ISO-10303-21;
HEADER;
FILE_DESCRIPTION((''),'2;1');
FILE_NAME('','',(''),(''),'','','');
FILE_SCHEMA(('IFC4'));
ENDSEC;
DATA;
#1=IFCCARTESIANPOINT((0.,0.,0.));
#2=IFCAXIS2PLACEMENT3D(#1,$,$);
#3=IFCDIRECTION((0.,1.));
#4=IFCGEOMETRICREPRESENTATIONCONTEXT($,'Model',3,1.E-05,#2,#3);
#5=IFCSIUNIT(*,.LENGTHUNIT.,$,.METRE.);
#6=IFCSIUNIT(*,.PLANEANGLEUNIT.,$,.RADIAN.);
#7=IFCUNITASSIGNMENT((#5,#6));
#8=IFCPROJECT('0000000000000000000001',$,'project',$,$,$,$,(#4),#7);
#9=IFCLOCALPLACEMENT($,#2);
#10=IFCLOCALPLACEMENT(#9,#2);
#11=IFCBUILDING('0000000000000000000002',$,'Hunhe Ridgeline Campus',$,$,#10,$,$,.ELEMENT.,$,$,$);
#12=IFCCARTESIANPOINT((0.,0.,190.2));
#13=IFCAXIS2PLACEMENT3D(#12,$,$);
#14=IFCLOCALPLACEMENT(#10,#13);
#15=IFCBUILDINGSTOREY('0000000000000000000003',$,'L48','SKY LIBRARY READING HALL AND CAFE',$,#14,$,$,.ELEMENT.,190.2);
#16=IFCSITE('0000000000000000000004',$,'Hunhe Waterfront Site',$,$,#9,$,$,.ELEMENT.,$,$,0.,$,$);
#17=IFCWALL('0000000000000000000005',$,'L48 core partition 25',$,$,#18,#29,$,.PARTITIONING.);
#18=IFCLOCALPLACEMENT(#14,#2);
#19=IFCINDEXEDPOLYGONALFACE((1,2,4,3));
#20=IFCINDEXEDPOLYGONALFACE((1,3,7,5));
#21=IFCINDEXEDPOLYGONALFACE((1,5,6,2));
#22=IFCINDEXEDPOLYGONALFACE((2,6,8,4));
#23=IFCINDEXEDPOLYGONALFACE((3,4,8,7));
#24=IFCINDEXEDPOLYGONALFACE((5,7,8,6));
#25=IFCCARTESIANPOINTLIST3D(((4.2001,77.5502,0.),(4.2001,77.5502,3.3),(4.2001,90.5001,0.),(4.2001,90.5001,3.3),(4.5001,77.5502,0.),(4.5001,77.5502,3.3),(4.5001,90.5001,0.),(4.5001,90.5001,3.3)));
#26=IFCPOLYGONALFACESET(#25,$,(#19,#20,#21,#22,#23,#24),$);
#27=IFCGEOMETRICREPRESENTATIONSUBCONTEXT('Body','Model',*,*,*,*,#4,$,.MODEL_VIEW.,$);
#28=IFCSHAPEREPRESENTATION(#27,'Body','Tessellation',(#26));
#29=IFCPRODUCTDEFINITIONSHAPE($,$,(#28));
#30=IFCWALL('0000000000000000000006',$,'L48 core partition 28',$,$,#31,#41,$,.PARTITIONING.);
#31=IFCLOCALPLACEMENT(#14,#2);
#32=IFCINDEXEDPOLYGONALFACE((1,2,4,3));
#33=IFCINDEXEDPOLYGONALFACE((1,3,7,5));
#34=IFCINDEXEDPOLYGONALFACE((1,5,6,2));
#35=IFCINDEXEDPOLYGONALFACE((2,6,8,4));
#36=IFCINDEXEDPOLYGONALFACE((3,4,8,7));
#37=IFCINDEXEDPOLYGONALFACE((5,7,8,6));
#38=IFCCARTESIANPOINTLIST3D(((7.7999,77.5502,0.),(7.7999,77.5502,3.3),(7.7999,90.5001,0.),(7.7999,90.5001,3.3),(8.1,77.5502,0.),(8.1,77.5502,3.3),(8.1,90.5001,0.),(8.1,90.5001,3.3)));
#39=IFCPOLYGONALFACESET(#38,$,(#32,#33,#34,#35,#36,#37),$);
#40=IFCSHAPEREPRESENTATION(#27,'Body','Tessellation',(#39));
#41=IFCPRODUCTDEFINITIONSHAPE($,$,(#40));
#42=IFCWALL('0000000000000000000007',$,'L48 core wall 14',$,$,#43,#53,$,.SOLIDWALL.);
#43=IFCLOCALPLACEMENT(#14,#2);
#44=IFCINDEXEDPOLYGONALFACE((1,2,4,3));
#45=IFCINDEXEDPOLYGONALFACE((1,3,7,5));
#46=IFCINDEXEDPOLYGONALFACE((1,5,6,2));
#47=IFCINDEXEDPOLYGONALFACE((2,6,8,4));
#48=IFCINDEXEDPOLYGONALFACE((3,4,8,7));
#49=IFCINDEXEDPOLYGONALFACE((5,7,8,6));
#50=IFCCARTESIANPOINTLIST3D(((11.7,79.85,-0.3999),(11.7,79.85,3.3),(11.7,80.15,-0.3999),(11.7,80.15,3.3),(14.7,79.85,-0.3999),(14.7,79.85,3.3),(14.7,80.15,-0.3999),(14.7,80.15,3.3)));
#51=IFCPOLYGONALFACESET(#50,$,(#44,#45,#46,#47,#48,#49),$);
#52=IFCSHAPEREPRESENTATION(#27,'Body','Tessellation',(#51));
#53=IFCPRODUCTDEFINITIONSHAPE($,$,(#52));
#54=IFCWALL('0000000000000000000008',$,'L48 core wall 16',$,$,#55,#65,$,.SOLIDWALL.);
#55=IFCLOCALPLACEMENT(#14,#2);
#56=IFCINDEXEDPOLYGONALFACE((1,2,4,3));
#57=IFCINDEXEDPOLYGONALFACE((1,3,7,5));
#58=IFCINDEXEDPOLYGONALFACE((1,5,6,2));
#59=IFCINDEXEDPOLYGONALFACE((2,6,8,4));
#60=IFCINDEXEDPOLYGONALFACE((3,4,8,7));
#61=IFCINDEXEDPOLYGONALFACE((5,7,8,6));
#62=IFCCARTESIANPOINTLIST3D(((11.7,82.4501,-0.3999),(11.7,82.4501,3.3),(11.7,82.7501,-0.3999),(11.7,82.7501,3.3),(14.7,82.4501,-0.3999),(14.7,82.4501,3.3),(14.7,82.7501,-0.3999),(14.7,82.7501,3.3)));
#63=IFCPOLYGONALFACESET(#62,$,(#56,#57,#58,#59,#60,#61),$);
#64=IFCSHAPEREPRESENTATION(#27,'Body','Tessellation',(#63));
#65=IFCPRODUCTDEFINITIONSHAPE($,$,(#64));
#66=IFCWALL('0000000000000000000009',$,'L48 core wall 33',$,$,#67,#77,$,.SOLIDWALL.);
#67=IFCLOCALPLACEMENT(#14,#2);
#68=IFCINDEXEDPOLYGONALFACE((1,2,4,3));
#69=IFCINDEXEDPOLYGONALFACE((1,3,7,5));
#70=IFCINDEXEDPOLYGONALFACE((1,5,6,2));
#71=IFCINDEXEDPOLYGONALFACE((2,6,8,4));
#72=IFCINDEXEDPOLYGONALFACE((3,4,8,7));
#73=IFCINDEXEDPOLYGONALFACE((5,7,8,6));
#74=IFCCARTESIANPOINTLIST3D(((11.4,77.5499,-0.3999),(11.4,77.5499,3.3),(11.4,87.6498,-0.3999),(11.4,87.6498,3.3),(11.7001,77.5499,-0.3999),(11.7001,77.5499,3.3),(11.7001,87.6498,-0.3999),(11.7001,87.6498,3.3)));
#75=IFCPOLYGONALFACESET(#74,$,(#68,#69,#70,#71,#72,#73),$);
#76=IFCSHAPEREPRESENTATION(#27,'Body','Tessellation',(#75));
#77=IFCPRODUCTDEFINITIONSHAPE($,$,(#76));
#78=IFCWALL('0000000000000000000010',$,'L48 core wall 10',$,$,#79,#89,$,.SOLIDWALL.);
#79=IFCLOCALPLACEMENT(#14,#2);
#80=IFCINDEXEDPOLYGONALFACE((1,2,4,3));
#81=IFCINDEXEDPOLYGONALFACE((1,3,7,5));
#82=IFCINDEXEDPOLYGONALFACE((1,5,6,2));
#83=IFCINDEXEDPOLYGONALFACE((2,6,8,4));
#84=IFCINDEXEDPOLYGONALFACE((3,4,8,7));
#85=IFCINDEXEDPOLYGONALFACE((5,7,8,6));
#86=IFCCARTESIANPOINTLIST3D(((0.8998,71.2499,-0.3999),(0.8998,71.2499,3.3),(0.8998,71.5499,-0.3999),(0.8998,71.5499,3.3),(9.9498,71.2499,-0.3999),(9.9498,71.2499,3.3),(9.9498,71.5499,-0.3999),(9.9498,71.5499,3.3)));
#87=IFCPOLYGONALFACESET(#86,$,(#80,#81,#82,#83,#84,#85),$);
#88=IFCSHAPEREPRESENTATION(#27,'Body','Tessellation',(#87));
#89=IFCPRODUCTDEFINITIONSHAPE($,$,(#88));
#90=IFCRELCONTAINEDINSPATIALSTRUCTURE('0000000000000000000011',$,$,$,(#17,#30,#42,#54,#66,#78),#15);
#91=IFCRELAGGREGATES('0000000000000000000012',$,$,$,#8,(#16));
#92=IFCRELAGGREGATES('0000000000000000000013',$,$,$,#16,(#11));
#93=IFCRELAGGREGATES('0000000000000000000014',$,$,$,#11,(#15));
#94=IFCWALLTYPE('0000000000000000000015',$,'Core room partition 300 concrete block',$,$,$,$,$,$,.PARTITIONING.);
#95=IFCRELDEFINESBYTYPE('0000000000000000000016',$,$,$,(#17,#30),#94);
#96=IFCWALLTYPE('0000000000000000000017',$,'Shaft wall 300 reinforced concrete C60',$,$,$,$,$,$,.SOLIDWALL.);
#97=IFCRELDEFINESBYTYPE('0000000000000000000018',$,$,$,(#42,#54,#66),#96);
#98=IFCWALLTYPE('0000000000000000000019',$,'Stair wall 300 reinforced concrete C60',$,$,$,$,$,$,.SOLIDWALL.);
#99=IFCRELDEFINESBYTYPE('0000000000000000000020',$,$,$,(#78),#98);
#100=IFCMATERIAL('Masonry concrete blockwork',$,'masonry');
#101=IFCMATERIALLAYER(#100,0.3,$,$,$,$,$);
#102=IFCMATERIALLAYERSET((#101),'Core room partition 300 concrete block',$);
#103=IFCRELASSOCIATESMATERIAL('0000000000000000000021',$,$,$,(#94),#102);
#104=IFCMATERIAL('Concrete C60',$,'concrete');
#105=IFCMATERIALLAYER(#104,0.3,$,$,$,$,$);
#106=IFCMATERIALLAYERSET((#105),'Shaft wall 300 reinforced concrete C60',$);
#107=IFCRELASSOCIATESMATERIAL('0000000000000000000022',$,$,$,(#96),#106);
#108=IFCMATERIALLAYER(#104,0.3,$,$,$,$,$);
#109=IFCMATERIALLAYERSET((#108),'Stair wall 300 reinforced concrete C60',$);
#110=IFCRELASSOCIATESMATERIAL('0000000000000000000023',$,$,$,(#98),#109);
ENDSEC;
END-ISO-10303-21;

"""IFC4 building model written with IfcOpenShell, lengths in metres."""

from ifc_helpers import new_model, si_unit, direction, frame, frame_2d, origin, place, context, subcontext, project, spatial, rectangle, extrude, material, layer, layer_set, type_object, element, save


model = new_model("IFC4")

# Units and contexts
model_context = context("Model", 3, precision=1e-05, world=origin(), true_north=direction((0.0, 1.0)))
body_context = subcontext(model_context, "Body", "Model", "MODEL_VIEW")
ifc_project = project(units=[si_unit("LENGTHUNIT", "METRE"), si_unit("PLANEANGLEUNIT", "RADIAN")], contexts=[model_context])

# Site, building, storey
site_placement = place(None, origin())
site = spatial("IfcSite", under=ifc_project, at=site_placement, Name="Hunhe Waterfront Site", CompositionType="ELEMENT", RefElevation=0.0)
building_placement = place(site_placement, origin())
building = spatial("IfcBuilding", under=site, at=building_placement, Name="Hunhe Ridgeline Campus", CompositionType="ELEMENT")
storey_placement = place(building_placement, frame((0.0, 0.0, 190.2)))
storey = spatial("IfcBuildingStorey", under=building, at=storey_placement, Name="L48", Description="SKY LIBRARY READING HALL AND CAFE", CompositionType="ELEMENT", Elevation=190.2)

# Shared definitions
ifc_material_1 = material(Name="Masonry concrete blockwork", Category="masonry")
ifc_layer_1 = layer(ifc_material_1, 0.3)
ifc_layer_set_1 = layer_set([ifc_layer_1], Name="Core room partition 300 concrete block")
wall_type_1 = type_object("IfcWallType", Name="Core room partition 300 concrete block", PredefinedType="PARTITIONING", material=ifc_layer_set_1)

# Walls
for number, where, z_axis, x_axis, name in (
    (1, (4.3501, 77.55, 0.0), (0.0, 0.0, 1.0), (0.0, 1.0, 0.0), "L48 core partition 25"),
    (2, (7.95, 77.55, 0.0), (0.0, 0.0, 1.0), (0.0, 1.0, 0.0), "L48 core partition 28"),
):
    element("IfcWall", number, at=place(storey_placement, frame(where, z_axis=z_axis, x_axis=x_axis)), inside=storey, type_object=wall_type_1, Name=name, PredefinedType="PARTITIONING", context=body_context, shape_type="SweptSolid", body=[
        extrude(rectangle(XDim=12.95, YDim=0.3, at=frame_2d((6.4751, 0.0))), origin(), (0.0, 0.0, 1.0), 3.3),
    ])

# Shared definitions
ifc_material_2 = material(Name="Concrete C60", Category="concrete")
ifc_layer_2 = layer(ifc_material_2, 0.3)
ifc_layer_set_2 = layer_set([ifc_layer_2], Name="Shaft wall 300 reinforced concrete C60")
wall_type_2 = type_object("IfcWallType", Name="Shaft wall 300 reinforced concrete C60", PredefinedType="SOLIDWALL", material=ifc_layer_set_2)

# Walls
for number, where, z_axis, x_axis, name in (
    (3, (11.7, 80.0, -0.3999), (0.0, 0.0, 1.0), (1.0, 0.0, 0.0), "L48 core wall 14"),
    (4, (11.7, 82.6001, -0.3999), (0.0, 0.0, 1.0), (1.0, 0.0, 0.0), "L48 core wall 16"),
):
    element("IfcWall", number, at=place(storey_placement, frame(where, z_axis=z_axis, x_axis=x_axis)), inside=storey, type_object=wall_type_2, Name=name, PredefinedType="SOLIDWALL", context=body_context, shape_type="SweptSolid", body=[
        extrude(rectangle(XDim=3.0, YDim=0.3, at=frame_2d((1.5, 0.0))), origin(), (0.0, 0.0, 1.0), 3.7),
    ])
wall_1_placement = place(storey_placement, frame((11.55, 77.55, -0.3999), z_axis=(0.0, 0.0, 1.0), x_axis=(0.0, 1.0, 0.0)))
element("IfcWall", 5, at=wall_1_placement, inside=storey, type_object=wall_type_2, Name="L48 core wall 33", PredefinedType="SOLIDWALL", context=body_context, shape_type="SweptSolid", body=[
    extrude(rectangle(XDim=10.0999, YDim=0.3, at=frame_2d((5.0498, 0.0))), origin(), (0.0, 0.0, 1.0), 3.7),
])
ifc_layer_3 = layer(ifc_material_2, 0.3)
ifc_layer_set_3 = layer_set([ifc_layer_3], Name="Stair wall 300 reinforced concrete C60")
wall_type_3 = type_object("IfcWallType", Name="Stair wall 300 reinforced concrete C60", PredefinedType="SOLIDWALL", material=ifc_layer_set_3)
wall_2_placement = place(storey_placement, frame((0.8999, 71.3999, -0.3999), z_axis=(0.0, 0.0, 1.0), x_axis=(1.0, 0.0, 0.0)))
element("IfcWall", 6, at=wall_2_placement, inside=storey, type_object=wall_type_3, Name="L48 core wall 10", PredefinedType="SOLIDWALL", context=body_context, shape_type="SweptSolid", body=[
    extrude(rectangle(XDim=9.05, YDim=0.3, at=frame_2d((4.5249, 0.0))), origin(), (0.0, 0.0, 1.0), 3.7),
])

save(model, "model.ifc")
